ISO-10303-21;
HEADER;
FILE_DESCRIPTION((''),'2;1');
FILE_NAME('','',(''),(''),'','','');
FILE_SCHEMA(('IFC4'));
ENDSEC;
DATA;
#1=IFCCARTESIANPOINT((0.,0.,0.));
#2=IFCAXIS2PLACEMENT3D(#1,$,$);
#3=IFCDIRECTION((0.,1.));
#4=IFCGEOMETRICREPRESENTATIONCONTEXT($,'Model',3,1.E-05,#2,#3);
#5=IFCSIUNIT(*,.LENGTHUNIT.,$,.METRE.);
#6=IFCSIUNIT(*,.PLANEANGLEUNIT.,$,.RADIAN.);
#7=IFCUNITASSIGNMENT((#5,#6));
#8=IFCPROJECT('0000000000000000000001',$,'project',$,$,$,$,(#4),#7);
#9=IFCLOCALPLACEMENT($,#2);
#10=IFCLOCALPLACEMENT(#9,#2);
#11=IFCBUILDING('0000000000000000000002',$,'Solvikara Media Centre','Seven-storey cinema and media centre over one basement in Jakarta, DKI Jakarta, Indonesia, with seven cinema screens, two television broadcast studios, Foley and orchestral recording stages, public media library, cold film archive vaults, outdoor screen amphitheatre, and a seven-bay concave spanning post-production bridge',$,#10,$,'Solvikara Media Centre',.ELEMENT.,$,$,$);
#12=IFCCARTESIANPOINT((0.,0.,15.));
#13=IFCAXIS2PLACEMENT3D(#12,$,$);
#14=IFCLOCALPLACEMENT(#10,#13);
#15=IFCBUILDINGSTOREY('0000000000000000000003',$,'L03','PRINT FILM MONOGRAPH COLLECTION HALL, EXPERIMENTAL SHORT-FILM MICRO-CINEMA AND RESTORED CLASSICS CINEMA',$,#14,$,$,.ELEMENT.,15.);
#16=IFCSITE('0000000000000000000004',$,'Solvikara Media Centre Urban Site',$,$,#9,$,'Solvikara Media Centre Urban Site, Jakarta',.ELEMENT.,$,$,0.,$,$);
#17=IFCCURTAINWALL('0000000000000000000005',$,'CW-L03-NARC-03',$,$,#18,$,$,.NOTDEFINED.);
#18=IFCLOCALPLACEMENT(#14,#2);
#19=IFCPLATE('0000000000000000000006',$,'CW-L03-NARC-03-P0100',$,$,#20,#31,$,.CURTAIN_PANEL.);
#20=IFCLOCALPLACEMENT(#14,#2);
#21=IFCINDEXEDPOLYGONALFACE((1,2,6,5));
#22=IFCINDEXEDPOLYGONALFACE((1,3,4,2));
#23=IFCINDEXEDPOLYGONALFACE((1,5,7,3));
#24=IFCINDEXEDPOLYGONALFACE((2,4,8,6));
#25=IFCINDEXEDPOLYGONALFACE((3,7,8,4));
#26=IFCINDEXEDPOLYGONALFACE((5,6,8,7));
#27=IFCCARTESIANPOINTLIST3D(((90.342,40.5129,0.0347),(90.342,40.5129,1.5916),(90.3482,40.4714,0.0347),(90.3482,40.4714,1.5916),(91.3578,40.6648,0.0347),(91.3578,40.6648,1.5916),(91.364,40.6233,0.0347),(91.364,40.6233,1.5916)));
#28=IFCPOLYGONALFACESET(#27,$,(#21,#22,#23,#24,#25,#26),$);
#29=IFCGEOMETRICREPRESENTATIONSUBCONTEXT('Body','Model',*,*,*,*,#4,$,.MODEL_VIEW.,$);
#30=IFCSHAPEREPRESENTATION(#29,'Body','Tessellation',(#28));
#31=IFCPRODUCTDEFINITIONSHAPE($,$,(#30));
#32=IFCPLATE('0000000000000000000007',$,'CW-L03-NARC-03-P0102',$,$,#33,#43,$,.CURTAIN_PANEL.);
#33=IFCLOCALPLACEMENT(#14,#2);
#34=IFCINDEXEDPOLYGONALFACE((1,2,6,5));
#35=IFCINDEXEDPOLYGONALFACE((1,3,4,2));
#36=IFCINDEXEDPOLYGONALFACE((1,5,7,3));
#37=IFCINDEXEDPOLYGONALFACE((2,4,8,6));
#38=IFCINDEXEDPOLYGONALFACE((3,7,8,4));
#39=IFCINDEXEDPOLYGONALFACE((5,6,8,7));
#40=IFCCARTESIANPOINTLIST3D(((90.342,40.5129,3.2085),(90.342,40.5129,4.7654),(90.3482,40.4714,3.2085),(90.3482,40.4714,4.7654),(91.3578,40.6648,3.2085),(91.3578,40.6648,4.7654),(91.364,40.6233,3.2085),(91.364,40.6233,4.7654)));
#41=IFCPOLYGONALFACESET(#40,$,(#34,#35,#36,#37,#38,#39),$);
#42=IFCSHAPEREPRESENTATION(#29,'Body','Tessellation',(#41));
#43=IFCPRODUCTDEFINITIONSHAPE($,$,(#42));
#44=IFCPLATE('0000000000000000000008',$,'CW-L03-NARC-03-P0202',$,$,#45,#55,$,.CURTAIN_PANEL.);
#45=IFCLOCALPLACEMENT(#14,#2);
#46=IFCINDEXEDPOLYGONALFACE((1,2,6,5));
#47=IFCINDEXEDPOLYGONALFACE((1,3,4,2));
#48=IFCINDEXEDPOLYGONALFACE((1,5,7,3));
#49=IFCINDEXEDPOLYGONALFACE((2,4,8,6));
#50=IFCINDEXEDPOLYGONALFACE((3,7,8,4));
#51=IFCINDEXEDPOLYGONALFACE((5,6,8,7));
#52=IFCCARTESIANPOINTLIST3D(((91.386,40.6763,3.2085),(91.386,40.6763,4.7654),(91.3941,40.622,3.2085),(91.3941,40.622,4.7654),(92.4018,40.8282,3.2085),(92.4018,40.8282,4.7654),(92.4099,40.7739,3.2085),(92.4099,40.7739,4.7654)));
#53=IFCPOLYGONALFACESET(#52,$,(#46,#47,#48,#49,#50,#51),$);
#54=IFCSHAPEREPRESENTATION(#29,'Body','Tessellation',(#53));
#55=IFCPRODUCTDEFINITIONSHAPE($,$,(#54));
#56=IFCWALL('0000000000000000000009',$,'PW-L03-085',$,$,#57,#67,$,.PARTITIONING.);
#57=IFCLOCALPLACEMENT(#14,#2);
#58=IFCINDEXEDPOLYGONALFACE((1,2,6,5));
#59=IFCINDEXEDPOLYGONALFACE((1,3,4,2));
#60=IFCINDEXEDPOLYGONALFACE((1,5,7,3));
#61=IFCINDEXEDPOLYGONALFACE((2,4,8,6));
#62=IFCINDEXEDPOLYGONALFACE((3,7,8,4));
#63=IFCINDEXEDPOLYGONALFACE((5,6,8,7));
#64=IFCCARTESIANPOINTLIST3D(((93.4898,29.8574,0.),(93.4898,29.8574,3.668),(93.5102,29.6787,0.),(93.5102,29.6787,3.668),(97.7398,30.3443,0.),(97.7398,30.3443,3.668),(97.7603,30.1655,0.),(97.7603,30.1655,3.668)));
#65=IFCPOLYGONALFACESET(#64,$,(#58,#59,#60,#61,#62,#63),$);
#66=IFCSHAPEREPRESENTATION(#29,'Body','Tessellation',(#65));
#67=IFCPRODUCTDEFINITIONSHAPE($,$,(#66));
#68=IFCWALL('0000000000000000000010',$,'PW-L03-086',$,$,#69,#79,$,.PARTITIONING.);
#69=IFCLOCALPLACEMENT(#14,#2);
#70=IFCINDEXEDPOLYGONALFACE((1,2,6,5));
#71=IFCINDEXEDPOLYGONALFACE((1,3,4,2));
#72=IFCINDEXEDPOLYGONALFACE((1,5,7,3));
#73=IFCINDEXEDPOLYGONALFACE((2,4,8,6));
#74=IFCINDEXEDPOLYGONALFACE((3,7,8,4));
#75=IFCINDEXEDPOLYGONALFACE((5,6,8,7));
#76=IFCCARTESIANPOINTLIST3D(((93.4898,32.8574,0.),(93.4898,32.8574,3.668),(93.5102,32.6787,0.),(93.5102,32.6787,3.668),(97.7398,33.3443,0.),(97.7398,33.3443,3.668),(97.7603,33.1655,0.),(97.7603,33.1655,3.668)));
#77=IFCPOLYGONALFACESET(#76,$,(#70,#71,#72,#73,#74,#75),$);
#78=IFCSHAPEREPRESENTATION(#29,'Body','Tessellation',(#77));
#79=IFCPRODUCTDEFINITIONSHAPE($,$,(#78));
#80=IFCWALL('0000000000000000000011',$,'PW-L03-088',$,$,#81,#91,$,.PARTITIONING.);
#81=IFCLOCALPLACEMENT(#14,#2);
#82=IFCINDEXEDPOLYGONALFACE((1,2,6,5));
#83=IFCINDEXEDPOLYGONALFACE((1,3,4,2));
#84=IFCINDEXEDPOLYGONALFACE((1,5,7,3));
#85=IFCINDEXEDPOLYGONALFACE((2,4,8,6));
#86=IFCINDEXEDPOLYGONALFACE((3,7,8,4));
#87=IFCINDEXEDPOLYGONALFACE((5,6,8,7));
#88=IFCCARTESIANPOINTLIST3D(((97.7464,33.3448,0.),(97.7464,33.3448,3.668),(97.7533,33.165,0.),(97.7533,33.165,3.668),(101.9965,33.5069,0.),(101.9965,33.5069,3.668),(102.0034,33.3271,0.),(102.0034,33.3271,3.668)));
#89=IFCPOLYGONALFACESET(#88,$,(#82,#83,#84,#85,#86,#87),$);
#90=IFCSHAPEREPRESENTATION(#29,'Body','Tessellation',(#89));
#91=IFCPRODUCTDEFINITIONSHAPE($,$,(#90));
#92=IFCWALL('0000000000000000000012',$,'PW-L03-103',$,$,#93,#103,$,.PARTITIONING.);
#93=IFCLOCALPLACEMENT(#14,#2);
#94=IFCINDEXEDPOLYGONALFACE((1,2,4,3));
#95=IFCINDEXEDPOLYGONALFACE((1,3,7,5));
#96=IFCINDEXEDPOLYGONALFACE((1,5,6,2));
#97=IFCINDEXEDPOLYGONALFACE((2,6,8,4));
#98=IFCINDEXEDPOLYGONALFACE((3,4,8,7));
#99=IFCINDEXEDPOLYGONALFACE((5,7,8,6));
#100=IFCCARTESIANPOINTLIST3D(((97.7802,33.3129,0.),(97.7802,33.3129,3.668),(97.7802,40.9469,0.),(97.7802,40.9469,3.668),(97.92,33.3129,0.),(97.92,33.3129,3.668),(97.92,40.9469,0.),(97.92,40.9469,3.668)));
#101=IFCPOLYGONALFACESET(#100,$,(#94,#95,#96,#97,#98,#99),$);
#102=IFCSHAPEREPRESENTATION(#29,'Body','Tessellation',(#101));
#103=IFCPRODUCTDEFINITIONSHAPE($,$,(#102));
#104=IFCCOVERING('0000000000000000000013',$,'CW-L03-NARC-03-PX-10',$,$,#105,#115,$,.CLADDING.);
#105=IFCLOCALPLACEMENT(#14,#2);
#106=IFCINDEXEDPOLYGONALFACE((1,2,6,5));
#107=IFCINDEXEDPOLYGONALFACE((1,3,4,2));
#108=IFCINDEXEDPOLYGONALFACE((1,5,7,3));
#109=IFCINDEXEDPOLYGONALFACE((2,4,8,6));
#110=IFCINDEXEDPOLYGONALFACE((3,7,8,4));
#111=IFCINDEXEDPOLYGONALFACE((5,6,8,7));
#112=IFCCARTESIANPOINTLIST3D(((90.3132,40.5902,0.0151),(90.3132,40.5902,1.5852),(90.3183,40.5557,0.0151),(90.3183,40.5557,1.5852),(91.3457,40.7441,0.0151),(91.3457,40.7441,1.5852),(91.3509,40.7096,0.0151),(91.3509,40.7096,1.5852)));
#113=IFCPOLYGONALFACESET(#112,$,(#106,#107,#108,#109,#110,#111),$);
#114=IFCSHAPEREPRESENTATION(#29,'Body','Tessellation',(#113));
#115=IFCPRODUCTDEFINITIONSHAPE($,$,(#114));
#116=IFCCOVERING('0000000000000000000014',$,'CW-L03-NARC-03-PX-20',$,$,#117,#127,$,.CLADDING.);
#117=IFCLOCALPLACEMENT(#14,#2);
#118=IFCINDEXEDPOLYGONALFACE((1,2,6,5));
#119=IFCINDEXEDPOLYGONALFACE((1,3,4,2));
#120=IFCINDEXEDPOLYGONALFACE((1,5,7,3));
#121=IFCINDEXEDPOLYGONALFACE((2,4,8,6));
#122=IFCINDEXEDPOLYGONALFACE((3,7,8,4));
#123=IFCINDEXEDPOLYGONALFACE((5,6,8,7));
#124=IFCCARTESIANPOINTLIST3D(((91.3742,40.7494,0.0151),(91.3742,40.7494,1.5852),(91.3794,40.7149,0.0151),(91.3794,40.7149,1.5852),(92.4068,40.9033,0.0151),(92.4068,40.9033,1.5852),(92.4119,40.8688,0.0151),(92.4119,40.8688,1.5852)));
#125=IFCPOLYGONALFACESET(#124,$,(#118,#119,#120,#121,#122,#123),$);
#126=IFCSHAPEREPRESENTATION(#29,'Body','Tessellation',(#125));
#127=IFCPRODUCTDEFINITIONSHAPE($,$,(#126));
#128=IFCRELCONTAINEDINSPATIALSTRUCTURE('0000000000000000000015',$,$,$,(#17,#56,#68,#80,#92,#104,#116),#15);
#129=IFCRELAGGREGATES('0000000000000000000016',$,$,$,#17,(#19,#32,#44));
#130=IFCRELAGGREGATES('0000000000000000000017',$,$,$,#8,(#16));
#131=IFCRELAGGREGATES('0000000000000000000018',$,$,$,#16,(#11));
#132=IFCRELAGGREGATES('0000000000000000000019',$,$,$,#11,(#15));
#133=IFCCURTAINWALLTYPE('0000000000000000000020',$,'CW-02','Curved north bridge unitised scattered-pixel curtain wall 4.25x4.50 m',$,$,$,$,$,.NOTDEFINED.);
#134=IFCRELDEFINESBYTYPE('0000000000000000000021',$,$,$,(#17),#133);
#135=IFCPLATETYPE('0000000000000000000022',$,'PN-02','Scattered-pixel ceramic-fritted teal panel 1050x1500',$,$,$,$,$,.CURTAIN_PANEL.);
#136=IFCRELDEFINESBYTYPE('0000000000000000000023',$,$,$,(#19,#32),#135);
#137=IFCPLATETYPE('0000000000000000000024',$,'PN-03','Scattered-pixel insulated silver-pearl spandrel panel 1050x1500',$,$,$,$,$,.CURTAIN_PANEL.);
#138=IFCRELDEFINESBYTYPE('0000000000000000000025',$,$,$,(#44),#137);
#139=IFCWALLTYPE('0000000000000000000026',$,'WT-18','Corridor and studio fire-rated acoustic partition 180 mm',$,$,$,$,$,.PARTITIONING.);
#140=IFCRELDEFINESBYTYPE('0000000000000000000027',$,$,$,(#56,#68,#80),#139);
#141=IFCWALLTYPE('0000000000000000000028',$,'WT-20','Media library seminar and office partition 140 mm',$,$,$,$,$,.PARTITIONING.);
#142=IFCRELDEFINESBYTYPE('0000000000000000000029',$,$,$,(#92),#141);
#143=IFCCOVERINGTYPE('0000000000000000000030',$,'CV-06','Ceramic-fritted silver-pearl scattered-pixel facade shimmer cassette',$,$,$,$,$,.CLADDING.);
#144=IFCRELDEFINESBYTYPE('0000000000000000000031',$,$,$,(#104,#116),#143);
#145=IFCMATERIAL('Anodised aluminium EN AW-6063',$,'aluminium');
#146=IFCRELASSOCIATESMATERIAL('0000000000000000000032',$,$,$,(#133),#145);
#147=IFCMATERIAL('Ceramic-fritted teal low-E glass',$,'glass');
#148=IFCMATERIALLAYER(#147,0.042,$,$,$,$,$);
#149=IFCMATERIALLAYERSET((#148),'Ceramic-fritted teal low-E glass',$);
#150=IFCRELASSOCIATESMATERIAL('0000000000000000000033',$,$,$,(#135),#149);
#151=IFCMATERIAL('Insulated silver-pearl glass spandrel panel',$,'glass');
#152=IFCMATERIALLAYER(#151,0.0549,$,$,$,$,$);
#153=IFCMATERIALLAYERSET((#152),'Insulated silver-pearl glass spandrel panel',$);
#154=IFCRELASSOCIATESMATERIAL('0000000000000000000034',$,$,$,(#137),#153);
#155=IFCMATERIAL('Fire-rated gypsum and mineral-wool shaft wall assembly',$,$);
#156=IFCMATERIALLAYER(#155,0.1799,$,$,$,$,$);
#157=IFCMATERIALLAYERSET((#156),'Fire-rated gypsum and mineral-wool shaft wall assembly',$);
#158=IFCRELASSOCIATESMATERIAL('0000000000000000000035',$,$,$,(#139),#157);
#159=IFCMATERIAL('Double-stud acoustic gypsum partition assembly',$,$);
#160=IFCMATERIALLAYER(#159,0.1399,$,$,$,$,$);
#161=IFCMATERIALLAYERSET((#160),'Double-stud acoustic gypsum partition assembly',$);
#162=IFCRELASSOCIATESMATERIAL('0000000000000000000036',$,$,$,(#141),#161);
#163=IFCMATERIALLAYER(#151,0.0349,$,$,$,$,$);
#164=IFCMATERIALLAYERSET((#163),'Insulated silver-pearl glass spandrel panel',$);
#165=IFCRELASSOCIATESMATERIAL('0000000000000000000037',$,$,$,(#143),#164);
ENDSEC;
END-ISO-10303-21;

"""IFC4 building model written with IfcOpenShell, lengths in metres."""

from ifc_helpers import new_model, si_unit, direction, frame, frame_2d, origin, origin_2d, place, context, subcontext, project, spatial, rectangle, extrude, material, layer, layer_set, type_object, element, aggregate, save


model = new_model("IFC4")

# Units and contexts
model_context = context("Model", 3, precision=1e-05, world=origin(), true_north=direction((0.0, 1.0)))
body_context = subcontext(model_context, "Body", "Model", "MODEL_VIEW")
ifc_project = project(units=[si_unit("LENGTHUNIT", "METRE"), si_unit("PLANEANGLEUNIT", "RADIAN")], contexts=[model_context])

# Site, building, storey
site_placement = place(None, origin())
site = spatial("IfcSite", under=ifc_project, at=site_placement, Name="Solvikara Media Centre Urban Site", LongName="Solvikara Media Centre Urban Site, Jakarta", CompositionType="ELEMENT", RefElevation=0.0)
building_placement = place(site_placement, origin())
building = spatial("IfcBuilding", under=site, at=building_placement, Name="Solvikara Media Centre", Description="Seven-storey cinema and media centre over one basement in Jakarta, DKI Jakarta, Indonesia, with seven cinema screens, two television broadcast studios, Foley and orchestral recording stages, public media library, cold film archive vaults, outdoor screen amphitheatre, and a seven-bay concave spanning post-production bridge", LongName="Solvikara Media Centre", CompositionType="ELEMENT")
storey_placement = place(building_placement, frame((0.0, 0.0, 15.0)))
storey = spatial("IfcBuildingStorey", under=building, at=storey_placement, Name="L03", Description="PRINT FILM MONOGRAPH COLLECTION HALL, EXPERIMENTAL SHORT-FILM MICRO-CINEMA AND RESTORED CLASSICS CINEMA", CompositionType="ELEMENT", Elevation=15.0)

# Curtain wall
ifc_material_1 = material(Name="Anodised aluminium EN AW-6063", Category="aluminium")
curtain_wall_type = type_object("IfcCurtainWallType", Name="CW-02", Description="Curved north bridge unitised scattered-pixel curtain wall 4.25x4.50 m", PredefinedType="NOTDEFINED", material=ifc_material_1)
curtain_wall_placement = place(storey_placement, origin())
curtain_wall = element("IfcCurtainWall", 1, at=curtain_wall_placement, inside=storey, type_object=curtain_wall_type, Name="CW-L03-NARC-03", PredefinedType="NOTDEFINED")

# Plates
ifc_material_2 = material(Name="Ceramic-fritted teal low-E glass", Category="glass")
ifc_layer_1 = layer(ifc_material_2, 0.042)
ifc_layer_set_1 = layer_set([ifc_layer_1], Name="Ceramic-fritted teal low-E glass")
plate_type_1 = type_object("IfcPlateType", Name="PN-02", Description="Scattered-pixel ceramic-fritted teal panel 1050x1500", PredefinedType="CURTAIN_PANEL", material=ifc_layer_set_1)
plate_1_placement = place(storey_placement, frame((90.853, 40.5681, 0.0347), z_axis=(0.0, 0.0, 1.0), x_axis=(0.989006, 0.147878, 0.0)))
plate_1 = element("IfcPlate", 2, at=plate_1_placement, type_object=plate_type_1, Name="CW-L03-NARC-03-P0100", PredefinedType="CURTAIN_PANEL", context=body_context, shape_type="SweptSolid", body=[
    extrude(rectangle(XDim=1.0271, YDim=0.042, at=origin_2d()), origin(), (0.0, 0.0, 1.0), 1.5569),
])
plate_2_placement = place(storey_placement, frame((90.853, 40.5681, 3.2085), z_axis=(0.0, 0.0, 1.0), x_axis=(0.989006, 0.147878, 0.0)))
plate_2 = element("IfcPlate", 3, at=plate_2_placement, type_object=plate_type_1, Name="CW-L03-NARC-03-P0102", PredefinedType="CURTAIN_PANEL", context=body_context, shape_type="SweptSolid", body=[
    extrude(rectangle(XDim=1.0271, YDim=0.042, at=origin_2d()), origin(), (0.0, 0.0, 1.0), 1.5569),
])
ifc_material_3 = material(Name="Insulated silver-pearl glass spandrel panel", Category="glass")
ifc_layer_2 = layer(ifc_material_3, 0.0549)
ifc_layer_set_2 = layer_set([ifc_layer_2], Name="Insulated silver-pearl glass spandrel panel")
plate_type_2 = type_object("IfcPlateType", Name="PN-03", Description="Scattered-pixel insulated silver-pearl spandrel panel 1050x1500", PredefinedType="CURTAIN_PANEL", material=ifc_layer_set_2)
plate_3_placement = place(storey_placement, frame((91.8979, 40.7251, 3.2085), z_axis=(0.0, 0.0, 1.0), x_axis=(0.989006, 0.147878, 0.0)))
plate_3 = element("IfcPlate", 4, at=plate_3_placement, type_object=plate_type_2, Name="CW-L03-NARC-03-P0202", PredefinedType="CURTAIN_PANEL", context=body_context, shape_type="SweptSolid", body=[
    extrude(rectangle(XDim=1.0271, YDim=0.0549, at=origin_2d()), origin(), (0.0, 0.0, 1.0), 1.5569),
])
aggregate(curtain_wall, [plate_1, plate_2, plate_3])

# Walls
ifc_material_4 = material(Name="Fire-rated gypsum and mineral-wool shaft wall assembly")
ifc_layer_3 = layer(ifc_material_4, 0.1799)
ifc_layer_set_3 = layer_set([ifc_layer_3], Name="Fire-rated gypsum and mineral-wool shaft wall assembly")
wall_type_1 = type_object("IfcWallType", Name="WT-18", Description="Corridor and studio fire-rated acoustic partition 180 mm", PredefinedType="PARTITIONING", material=ifc_layer_set_3)
for number, where, z_axis, x_axis, name in (
    (5, (93.5, 29.7681, 0.0), (0.0, 0.0, 1.0), (0.993504, 0.113801, 0.0), "PW-L03-085"),
    (6, (93.5, 32.7681, 0.0), (0.0, 0.0, 1.0), (0.993504, 0.113801, 0.0), "PW-L03-086"),
):
    element("IfcWall", number, at=place(storey_placement, frame(where, z_axis=z_axis, x_axis=x_axis)), inside=storey, type_object=wall_type_1, Name=name, PredefinedType="PARTITIONING", context=body_context, shape_type="SweptSolid", body=[
        extrude(rectangle(XDim=4.2778, YDim=0.1799, at=frame_2d((2.1389, 0.0))), origin(), (0.0, 0.0, 1.0), 3.668),
    ])

# Walls
wall_1_placement = place(storey_placement, frame((97.75, 33.2549, 0.0), z_axis=(0.0, 0.0, 1.0), x_axis=(0.999273, 0.038116, 0.0)))
element("IfcWall", 7, at=wall_1_placement, inside=storey, type_object=wall_type_1, Name="PW-L03-088", PredefinedType="PARTITIONING", context=body_context, shape_type="SweptSolid", body=[
    extrude(rectangle(XDim=4.2532, YDim=0.1799, at=frame_2d((2.1265, 0.0))), origin(), (0.0, 0.0, 1.0), 3.668),
])
ifc_material_5 = material(Name="Double-stud acoustic gypsum partition assembly")
ifc_layer_4 = layer(ifc_material_5, 0.1399)
ifc_layer_set_4 = layer_set([ifc_layer_4], Name="Double-stud acoustic gypsum partition assembly")
wall_type_2 = type_object("IfcWallType", Name="WT-20", Description="Media library seminar and office partition 140 mm", PredefinedType="PARTITIONING", material=ifc_layer_set_4)
wall_2_placement = place(storey_placement, frame((97.8501, 33.313, 0.0), z_axis=(0.0, 0.0, 1.0), x_axis=(0.0, 1.0, 0.0)))
element("IfcWall", 8, at=wall_2_placement, inside=storey, type_object=wall_type_2, Name="PW-L03-103", PredefinedType="PARTITIONING", context=body_context, shape_type="SweptSolid", body=[
    extrude(rectangle(XDim=7.634, YDim=0.1399, at=frame_2d((3.8169, 0.0))), origin(), (0.0, 0.0, 1.0), 3.668),
])

# Coverings
ifc_layer_5 = layer(ifc_material_3, 0.0349)
ifc_layer_set_5 = layer_set([ifc_layer_5], Name="Insulated silver-pearl glass spandrel panel")
covering_type = type_object("IfcCoveringType", Name="CV-06", Description="Ceramic-fritted silver-pearl scattered-pixel facade shimmer cassette", PredefinedType="CLADDING", material=ifc_layer_set_5)
for number, where, z_axis, x_axis, name in (
    (9, (90.832, 40.6499, 0.0151), (0.0, 0.0, 1.0), (0.98907, 0.147447, 0.0), "CW-L03-NARC-03-PX-10"),
    (10, (91.8931, 40.8091, 0.0151), (0.0, 0.0, 1.0), (0.98907, 0.147447, 0.0), "CW-L03-NARC-03-PX-20"),
):
    element("IfcCovering", number, at=place(storey_placement, frame(where, z_axis=z_axis, x_axis=x_axis)), inside=storey, type_object=covering_type, Name=name, PredefinedType="CLADDING", context=body_context, shape_type="SweptSolid", body=[
        extrude(rectangle(XDim=1.0439, YDim=0.0349, at=origin_2d()), origin(), (0.0, 0.0, 1.0), 1.5701),
    ])

save(model, "model.ifc")
